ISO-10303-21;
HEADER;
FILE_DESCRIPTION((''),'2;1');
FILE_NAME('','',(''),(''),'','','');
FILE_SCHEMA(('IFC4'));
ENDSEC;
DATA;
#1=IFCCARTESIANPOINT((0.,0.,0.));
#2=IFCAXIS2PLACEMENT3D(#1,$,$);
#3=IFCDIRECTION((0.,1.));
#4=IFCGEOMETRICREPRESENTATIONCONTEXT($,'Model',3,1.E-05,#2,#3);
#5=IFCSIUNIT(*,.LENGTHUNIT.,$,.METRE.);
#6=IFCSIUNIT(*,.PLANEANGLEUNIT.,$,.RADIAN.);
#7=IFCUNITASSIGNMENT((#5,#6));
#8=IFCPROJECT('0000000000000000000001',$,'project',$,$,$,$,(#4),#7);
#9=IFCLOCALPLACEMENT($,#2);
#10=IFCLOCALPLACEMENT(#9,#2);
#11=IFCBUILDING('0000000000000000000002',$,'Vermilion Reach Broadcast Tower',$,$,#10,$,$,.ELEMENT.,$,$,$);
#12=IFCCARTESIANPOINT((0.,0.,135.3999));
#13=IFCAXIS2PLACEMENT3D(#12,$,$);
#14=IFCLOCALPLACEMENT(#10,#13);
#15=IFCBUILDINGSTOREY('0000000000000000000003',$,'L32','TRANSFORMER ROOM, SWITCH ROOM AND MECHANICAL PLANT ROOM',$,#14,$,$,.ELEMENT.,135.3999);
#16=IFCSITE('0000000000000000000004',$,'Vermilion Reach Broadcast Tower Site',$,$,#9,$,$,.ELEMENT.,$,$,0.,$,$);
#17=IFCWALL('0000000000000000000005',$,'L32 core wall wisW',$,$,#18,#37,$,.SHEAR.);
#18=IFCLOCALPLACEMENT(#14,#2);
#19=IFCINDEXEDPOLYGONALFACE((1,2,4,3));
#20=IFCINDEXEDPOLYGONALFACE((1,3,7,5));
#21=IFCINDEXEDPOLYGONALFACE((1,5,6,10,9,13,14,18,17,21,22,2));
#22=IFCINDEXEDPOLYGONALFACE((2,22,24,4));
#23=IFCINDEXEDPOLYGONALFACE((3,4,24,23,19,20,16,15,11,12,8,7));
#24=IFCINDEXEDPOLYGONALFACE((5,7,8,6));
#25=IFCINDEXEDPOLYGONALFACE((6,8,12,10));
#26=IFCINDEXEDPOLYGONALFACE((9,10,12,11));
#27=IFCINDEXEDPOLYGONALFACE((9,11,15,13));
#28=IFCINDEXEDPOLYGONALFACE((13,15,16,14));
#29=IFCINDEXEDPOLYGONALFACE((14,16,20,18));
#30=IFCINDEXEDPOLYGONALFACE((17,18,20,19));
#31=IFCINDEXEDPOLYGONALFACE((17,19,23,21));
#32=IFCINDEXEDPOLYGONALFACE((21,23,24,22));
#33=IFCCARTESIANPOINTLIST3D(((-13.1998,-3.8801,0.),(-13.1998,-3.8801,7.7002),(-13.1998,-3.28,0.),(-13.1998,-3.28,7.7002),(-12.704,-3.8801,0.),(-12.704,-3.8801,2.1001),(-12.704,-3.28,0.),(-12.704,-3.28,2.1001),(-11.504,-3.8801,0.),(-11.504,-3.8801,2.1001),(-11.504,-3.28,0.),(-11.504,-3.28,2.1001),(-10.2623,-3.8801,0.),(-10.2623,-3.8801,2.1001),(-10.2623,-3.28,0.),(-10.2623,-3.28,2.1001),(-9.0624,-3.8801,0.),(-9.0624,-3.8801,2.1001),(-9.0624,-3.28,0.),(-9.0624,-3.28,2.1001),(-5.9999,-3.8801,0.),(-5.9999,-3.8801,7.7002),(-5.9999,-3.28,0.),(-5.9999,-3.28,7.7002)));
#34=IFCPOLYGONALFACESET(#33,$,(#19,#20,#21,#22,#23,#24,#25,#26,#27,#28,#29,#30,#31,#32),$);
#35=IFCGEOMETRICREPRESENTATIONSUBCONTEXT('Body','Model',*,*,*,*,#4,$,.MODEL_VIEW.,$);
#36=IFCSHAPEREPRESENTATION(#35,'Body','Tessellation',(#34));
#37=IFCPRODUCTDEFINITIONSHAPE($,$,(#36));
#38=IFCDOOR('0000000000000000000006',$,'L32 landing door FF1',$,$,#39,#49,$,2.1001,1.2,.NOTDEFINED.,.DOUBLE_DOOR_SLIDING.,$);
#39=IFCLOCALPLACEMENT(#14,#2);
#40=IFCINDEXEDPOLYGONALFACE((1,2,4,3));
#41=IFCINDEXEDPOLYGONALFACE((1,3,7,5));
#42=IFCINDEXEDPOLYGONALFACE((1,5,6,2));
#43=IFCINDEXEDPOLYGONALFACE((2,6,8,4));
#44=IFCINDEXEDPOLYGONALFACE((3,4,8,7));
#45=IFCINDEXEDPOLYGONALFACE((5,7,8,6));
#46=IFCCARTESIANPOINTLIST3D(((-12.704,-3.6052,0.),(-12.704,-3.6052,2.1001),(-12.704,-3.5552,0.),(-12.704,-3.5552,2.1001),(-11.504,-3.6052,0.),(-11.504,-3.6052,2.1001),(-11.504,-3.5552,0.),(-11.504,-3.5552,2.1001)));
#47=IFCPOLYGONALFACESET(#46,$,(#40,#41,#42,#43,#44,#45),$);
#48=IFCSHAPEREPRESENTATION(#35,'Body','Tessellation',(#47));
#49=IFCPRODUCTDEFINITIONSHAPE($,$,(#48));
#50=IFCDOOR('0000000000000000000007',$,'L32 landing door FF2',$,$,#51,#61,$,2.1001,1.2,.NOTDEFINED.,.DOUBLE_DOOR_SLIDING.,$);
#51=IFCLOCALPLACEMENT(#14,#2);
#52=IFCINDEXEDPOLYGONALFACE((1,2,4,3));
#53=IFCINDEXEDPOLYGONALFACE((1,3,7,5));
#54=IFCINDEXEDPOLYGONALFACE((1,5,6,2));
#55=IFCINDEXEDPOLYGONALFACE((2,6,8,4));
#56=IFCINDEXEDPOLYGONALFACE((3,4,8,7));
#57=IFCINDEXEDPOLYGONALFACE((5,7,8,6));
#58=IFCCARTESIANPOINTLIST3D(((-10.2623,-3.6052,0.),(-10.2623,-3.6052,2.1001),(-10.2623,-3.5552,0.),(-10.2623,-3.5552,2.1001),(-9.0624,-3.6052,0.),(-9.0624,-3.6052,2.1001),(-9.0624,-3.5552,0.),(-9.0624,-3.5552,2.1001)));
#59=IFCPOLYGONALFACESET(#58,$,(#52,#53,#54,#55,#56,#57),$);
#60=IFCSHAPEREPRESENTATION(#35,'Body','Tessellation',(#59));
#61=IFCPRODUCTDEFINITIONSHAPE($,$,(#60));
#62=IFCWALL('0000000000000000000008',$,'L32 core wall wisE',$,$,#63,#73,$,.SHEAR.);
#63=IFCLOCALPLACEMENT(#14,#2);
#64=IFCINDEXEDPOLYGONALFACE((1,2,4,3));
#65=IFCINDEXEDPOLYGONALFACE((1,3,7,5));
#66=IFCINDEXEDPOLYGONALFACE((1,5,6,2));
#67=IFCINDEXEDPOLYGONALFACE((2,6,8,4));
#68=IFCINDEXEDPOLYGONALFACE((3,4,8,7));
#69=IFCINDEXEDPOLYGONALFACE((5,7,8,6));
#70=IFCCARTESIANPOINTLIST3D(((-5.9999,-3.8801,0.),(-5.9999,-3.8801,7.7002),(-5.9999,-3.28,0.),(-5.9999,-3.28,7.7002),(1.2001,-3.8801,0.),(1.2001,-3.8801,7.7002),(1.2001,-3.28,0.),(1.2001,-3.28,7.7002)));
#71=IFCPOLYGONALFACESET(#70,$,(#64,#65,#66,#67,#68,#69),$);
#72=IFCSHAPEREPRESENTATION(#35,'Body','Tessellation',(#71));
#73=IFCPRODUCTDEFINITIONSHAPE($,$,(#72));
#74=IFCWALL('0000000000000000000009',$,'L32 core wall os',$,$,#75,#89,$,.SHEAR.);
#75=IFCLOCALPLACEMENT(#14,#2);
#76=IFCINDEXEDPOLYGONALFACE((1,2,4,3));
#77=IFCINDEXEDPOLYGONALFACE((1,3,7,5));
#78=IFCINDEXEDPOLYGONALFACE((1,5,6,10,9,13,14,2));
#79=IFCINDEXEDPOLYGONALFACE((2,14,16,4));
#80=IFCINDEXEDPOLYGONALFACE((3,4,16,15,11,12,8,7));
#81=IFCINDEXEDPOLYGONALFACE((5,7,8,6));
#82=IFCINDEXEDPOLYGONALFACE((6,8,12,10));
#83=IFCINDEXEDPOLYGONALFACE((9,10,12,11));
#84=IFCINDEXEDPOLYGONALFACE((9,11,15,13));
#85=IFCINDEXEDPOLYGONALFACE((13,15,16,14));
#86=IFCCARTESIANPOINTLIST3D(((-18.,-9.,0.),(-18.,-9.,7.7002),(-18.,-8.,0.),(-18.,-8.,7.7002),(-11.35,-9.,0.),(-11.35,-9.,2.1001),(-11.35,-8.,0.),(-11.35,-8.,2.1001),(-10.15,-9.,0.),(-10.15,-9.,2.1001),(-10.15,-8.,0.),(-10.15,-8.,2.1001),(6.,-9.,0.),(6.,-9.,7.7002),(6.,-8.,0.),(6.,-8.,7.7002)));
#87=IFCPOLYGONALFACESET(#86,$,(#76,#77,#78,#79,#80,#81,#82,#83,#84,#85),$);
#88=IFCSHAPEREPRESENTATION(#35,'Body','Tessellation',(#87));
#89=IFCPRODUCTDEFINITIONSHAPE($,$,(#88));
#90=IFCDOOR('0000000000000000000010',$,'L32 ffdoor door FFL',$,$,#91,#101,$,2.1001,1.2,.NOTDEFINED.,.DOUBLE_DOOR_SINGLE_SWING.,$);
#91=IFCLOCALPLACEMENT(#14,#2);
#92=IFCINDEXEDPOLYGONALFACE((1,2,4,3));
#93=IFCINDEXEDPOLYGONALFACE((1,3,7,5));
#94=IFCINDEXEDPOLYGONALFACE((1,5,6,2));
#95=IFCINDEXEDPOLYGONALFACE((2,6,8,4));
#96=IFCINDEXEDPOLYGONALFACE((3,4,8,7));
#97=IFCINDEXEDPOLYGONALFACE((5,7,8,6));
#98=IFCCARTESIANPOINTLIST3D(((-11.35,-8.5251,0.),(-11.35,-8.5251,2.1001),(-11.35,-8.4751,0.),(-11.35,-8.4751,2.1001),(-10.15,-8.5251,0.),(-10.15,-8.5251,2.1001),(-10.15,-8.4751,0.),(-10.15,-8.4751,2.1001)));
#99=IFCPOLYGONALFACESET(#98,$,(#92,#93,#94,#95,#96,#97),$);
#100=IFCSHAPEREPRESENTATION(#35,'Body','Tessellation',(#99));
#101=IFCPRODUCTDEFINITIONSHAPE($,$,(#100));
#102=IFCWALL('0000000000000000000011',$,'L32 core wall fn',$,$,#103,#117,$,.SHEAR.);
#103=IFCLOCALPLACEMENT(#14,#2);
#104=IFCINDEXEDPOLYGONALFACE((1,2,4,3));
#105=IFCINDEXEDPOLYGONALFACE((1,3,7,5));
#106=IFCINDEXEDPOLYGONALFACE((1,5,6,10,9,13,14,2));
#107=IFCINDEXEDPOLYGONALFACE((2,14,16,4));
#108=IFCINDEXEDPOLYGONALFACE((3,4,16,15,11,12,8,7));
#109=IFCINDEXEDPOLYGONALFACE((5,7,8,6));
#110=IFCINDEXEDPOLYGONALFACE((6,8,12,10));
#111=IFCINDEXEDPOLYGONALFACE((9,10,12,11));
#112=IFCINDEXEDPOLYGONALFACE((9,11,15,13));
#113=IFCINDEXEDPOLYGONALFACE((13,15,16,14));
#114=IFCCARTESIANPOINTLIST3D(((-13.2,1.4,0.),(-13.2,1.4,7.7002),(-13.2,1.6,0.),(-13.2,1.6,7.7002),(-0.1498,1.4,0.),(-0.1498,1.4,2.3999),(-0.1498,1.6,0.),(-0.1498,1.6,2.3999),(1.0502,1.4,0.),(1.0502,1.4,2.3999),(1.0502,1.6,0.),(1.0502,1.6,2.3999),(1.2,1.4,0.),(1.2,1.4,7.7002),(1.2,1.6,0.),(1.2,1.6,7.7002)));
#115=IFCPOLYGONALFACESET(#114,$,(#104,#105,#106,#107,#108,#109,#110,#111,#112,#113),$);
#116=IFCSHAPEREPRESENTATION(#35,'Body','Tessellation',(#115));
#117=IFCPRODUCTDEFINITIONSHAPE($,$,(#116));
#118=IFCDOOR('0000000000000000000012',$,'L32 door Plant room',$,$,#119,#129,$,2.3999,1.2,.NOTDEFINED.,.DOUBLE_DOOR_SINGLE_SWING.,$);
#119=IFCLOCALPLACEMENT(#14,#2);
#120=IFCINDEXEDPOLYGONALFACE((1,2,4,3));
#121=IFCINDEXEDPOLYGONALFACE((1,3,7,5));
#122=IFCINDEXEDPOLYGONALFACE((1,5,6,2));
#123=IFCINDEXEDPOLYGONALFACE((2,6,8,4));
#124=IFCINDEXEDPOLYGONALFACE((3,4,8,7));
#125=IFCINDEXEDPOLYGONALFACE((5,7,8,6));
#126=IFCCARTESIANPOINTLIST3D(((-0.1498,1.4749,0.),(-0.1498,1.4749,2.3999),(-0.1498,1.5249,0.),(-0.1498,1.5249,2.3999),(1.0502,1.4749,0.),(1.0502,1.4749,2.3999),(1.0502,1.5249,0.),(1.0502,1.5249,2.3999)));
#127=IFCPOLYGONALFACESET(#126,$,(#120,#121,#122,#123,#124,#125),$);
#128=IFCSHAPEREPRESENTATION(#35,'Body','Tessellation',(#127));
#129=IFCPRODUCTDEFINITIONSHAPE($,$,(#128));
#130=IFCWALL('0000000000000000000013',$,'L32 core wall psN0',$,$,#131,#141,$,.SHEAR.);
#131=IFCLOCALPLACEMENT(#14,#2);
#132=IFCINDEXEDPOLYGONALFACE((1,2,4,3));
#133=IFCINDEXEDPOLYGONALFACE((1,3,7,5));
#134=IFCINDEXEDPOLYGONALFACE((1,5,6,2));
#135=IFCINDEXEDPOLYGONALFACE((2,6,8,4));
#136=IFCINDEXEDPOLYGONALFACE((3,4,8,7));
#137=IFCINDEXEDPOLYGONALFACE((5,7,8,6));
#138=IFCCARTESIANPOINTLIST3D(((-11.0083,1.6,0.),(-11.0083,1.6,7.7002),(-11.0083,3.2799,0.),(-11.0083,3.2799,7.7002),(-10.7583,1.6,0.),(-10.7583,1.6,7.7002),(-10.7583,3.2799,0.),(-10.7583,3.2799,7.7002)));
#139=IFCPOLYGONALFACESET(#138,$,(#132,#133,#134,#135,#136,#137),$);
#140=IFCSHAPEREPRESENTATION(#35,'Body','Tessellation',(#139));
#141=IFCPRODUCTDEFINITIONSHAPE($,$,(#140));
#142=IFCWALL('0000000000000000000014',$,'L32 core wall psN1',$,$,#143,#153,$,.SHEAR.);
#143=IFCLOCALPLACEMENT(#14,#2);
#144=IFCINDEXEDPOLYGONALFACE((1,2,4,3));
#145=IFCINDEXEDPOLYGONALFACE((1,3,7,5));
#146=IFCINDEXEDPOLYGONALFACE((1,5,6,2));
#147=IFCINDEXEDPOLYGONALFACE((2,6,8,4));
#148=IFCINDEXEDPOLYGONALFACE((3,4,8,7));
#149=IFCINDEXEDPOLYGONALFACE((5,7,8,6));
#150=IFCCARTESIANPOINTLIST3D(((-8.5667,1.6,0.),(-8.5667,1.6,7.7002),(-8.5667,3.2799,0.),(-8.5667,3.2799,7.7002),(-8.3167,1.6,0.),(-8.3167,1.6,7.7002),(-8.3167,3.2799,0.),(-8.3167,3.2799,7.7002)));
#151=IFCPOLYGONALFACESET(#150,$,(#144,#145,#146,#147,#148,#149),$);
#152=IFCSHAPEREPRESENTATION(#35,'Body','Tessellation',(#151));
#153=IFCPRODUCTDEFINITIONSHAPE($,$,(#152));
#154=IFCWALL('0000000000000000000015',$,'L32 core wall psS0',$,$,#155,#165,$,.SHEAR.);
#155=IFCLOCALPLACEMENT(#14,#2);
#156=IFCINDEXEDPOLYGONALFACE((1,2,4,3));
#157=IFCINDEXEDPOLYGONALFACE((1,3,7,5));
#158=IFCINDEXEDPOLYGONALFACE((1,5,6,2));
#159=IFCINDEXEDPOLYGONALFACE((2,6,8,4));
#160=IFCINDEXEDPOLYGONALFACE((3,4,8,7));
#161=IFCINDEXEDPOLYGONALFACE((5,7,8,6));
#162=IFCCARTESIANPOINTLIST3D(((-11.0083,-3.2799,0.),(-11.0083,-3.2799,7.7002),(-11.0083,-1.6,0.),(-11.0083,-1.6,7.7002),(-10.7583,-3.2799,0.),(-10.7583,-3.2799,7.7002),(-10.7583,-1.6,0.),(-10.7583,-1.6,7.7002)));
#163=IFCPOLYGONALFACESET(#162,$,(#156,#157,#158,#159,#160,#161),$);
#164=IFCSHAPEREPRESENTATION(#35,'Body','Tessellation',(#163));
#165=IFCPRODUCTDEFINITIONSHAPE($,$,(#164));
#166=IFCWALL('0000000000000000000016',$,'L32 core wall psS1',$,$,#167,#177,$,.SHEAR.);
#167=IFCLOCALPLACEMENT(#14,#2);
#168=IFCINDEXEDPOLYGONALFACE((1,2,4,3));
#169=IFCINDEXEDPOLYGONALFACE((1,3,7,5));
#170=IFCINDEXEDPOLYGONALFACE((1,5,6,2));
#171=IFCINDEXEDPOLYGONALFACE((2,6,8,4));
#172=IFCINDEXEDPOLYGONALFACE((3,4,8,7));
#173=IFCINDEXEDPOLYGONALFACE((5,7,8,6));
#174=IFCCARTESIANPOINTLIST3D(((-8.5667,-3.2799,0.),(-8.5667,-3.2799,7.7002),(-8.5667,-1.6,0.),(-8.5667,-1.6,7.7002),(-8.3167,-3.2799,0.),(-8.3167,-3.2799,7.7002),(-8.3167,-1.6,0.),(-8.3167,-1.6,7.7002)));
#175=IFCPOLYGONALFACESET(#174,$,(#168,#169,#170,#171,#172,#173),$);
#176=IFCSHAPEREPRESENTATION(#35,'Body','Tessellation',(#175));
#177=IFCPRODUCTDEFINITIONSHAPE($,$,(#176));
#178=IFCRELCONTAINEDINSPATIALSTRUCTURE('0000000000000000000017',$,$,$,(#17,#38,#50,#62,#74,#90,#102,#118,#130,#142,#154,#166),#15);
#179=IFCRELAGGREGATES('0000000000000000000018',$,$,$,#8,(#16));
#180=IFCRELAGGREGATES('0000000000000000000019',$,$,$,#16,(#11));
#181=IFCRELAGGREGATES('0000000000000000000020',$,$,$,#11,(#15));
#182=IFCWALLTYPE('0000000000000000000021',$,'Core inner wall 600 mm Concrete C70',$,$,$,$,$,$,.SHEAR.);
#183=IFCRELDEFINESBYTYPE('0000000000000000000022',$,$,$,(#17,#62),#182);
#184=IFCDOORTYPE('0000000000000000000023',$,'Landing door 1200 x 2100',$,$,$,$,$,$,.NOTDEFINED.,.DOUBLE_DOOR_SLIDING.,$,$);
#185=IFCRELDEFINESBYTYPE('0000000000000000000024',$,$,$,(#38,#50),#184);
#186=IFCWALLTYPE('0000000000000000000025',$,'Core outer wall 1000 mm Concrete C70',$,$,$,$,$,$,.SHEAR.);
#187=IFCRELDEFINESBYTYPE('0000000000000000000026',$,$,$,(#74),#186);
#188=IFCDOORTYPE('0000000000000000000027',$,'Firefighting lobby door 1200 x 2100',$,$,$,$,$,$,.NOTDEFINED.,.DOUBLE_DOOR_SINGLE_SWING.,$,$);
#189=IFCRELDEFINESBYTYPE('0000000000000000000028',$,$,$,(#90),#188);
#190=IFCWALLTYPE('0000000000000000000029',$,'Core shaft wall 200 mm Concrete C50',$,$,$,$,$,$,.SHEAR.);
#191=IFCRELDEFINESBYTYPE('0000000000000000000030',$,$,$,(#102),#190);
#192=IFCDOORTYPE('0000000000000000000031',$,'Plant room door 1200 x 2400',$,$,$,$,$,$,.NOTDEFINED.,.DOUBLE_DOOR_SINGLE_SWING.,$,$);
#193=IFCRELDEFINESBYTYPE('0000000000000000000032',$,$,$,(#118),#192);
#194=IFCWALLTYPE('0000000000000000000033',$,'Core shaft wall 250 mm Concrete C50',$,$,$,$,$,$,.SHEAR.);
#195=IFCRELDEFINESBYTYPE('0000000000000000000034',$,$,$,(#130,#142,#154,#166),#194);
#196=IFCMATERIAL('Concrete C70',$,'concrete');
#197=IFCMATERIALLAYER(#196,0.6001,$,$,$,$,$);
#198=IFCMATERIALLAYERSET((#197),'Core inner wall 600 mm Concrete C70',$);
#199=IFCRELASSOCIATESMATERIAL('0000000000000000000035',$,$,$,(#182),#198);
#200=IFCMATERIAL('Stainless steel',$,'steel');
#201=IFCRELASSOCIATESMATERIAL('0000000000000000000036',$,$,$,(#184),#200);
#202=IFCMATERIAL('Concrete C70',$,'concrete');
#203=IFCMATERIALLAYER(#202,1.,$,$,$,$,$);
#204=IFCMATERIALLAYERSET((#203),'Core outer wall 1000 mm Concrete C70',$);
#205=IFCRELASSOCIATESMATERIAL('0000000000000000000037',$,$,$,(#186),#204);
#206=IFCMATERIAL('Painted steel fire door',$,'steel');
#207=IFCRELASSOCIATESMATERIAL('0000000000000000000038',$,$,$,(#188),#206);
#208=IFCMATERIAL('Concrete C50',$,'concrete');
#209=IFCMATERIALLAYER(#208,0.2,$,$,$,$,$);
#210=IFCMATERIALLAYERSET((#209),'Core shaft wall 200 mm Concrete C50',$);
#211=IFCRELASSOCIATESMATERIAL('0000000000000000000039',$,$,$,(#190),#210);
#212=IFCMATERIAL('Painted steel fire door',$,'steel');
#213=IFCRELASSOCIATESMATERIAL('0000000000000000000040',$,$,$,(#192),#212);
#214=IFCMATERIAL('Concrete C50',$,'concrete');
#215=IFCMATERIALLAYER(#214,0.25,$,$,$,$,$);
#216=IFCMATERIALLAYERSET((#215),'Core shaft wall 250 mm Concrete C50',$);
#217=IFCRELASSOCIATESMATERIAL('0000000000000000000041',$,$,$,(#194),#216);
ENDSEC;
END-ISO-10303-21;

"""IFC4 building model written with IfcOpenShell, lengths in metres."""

from ifc_helpers import new_model, si_unit, direction, frame, frame_2d, origin, place, context, subcontext, project, spatial, rectangle, extrude, material, layer, layer_set, type_object, element, fill, save


model = new_model("IFC4")

# Units and contexts
model_context = context("Model", 3, precision=1e-05, world=origin(), true_north=direction((0.0, 1.0)))
body_context = subcontext(model_context, "Body", "Model", "MODEL_VIEW")
ifc_project = project(units=[si_unit("LENGTHUNIT", "METRE"), si_unit("PLANEANGLEUNIT", "RADIAN")], contexts=[model_context])

# Site, building, storey
site_placement = place(None, origin())
site = spatial("IfcSite", under=ifc_project, at=site_placement, Name="Vermilion Reach Broadcast Tower Site", CompositionType="ELEMENT", RefElevation=0.0)
building_placement = place(site_placement, origin())
building = spatial("IfcBuilding", under=site, at=building_placement, Name="Vermilion Reach Broadcast Tower", CompositionType="ELEMENT")
storey_placement = place(building_placement, frame((0.0, 0.0, 135.3999)))
storey = spatial("IfcBuildingStorey", under=building, at=storey_placement, Name="L32", Description="TRANSFORMER ROOM, SWITCH ROOM AND MECHANICAL PLANT ROOM", CompositionType="ELEMENT", Elevation=135.3999)

# Wall, openings, doors
ifc_material_1 = material(Name="Concrete C70", Category="concrete")
ifc_layer_1 = layer(ifc_material_1, 0.6001)
ifc_layer_set_1 = layer_set([ifc_layer_1], Name="Core inner wall 600 mm Concrete C70")
wall_type_1 = type_object("IfcWallType", Name="Core inner wall 600 mm Concrete C70", PredefinedType="SHEAR", material=ifc_layer_set_1)
wall_1_placement = place(storey_placement, frame((-13.2, -3.5801, 0.0), z_axis=(0.0, 0.0, 1.0), x_axis=(1.0, 0.0, 0.0)))
wall_1 = element("IfcWall", 1, at=wall_1_placement, inside=storey, type_object=wall_type_1, Name="L32 core wall wisW", PredefinedType="SHEAR", context=body_context, shape_type="SweptSolid", body=[
    extrude(rectangle(XDim=7.2, YDim=0.6001, at=frame_2d((3.6001, 0.0))), origin(), (0.0, 0.0, 1.0), 7.7002),
])
opening_1_placement = place(wall_1_placement, frame((0.4958, 0.0, 0.0)))
opening_1 = element("IfcOpeningElement", 2, at=opening_1_placement, cuts=wall_1, PredefinedType="OPENING", context=body_context, shape_type="SweptSolid", body=[
    extrude(rectangle(XDim=1.2, YDim=2.1001, at=frame_2d((0.6001, 1.05))), frame((0.0, 0.3101, 0.0), z_axis=(0.0, -1.0, 0.0), x_axis=(1.0, 0.0, 0.0)), (0.0, 0.0, 1.0), 0.6201),
])
opening_2_placement = place(wall_1_placement, frame((2.9375, 0.0, 0.0)))
opening_2 = element("IfcOpeningElement", 3, at=opening_2_placement, cuts=wall_1, PredefinedType="OPENING", context=body_context, shape_type="SweptSolid", body=[
    extrude(rectangle(XDim=1.2, YDim=2.1001, at=frame_2d((0.6001, 1.05))), frame((0.0, 0.3101, 0.0), z_axis=(0.0, -1.0, 0.0), x_axis=(1.0, 0.0, 0.0)), (0.0, 0.0, 1.0), 0.6201),
])
ifc_material_2 = material(Name="Stainless steel", Category="steel")
door_type_1 = type_object("IfcDoorType", Name="Landing door 1200 x 2100", OperationType="DOUBLE_DOOR_SLIDING", PredefinedType="NOTDEFINED", material=ifc_material_2)
door_1_placement = place(opening_1_placement, origin())
door_1 = element("IfcDoor", 4, at=door_1_placement, inside=storey, type_object=door_type_1, Name="L32 landing door FF1", OperationType="DOUBLE_DOOR_SLIDING", OverallHeight=2.1001, OverallWidth=1.2, PredefinedType="NOTDEFINED", context=body_context, shape_type="SweptSolid", body=[
    extrude(rectangle(XDim=1.2, YDim=2.1001, at=frame_2d((0.6001, 1.05))), frame((0.0, 0.0249, 0.0), z_axis=(0.0, -1.0, 0.0), x_axis=(1.0, 0.0, 0.0)), (0.0, 0.0, 1.0), 0.05),
])
fill(opening_1, door_1)
door_2_placement = place(opening_2_placement, origin())
door_2 = element("IfcDoor", 5, at=door_2_placement, inside=storey, type_object=door_type_1, Name="L32 landing door FF2", OperationType="DOUBLE_DOOR_SLIDING", OverallHeight=2.1001, OverallWidth=1.2, PredefinedType="NOTDEFINED", context=body_context, shape_type="SweptSolid", body=[
    extrude(rectangle(XDim=1.2, YDim=2.1001, at=frame_2d((0.6001, 1.05))), frame((0.0, 0.0249, 0.0), z_axis=(0.0, -1.0, 0.0), x_axis=(1.0, 0.0, 0.0)), (0.0, 0.0, 1.0), 0.05),
])
fill(opening_2, door_2)

# Wall
wall_2_placement = place(storey_placement, frame((-6.0, -3.5801, 0.0), z_axis=(0.0, 0.0, 1.0), x_axis=(1.0, 0.0, 0.0)))
element("IfcWall", 6, at=wall_2_placement, inside=storey, type_object=wall_type_1, Name="L32 core wall wisE", PredefinedType="SHEAR", context=body_context, shape_type="SweptSolid", body=[
    extrude(rectangle(XDim=7.2, YDim=0.6001, at=frame_2d((3.6001, 0.0))), origin(), (0.0, 0.0, 1.0), 7.7002),
])

# Walls, openings, doors
ifc_material_3 = material(Name="Concrete C70", Category="concrete")
ifc_layer_2 = layer(ifc_material_3, 1.0)
ifc_layer_set_2 = layer_set([ifc_layer_2], Name="Core outer wall 1000 mm Concrete C70")
wall_type_2 = type_object("IfcWallType", Name="Core outer wall 1000 mm Concrete C70", PredefinedType="SHEAR", material=ifc_layer_set_2)
wall_3_placement = place(storey_placement, frame((-18.0, -8.5, 0.0), z_axis=(0.0, 0.0, 1.0), x_axis=(1.0, 0.0, 0.0)))
wall_3 = element("IfcWall", 7, at=wall_3_placement, inside=storey, type_object=wall_type_2, Name="L32 core wall os", PredefinedType="SHEAR", context=body_context, shape_type="SweptSolid", body=[
    extrude(rectangle(XDim=24.0, YDim=1.0, at=frame_2d((12.0, 0.0))), origin(), (0.0, 0.0, 1.0), 7.7002),
])
opening_3_placement = place(wall_3_placement, frame((6.6499, 0.0, 0.0)))
opening_3 = element("IfcOpeningElement", 8, at=opening_3_placement, cuts=wall_3, PredefinedType="OPENING", context=body_context, shape_type="SweptSolid", body=[
    extrude(rectangle(XDim=1.2, YDim=2.1001, at=frame_2d((0.6001, 1.05))), frame((0.0, 0.51, 0.0), z_axis=(0.0, -1.0, 0.0), x_axis=(1.0, 0.0, 0.0)), (0.0, 0.0, 1.0), 1.02),
])
ifc_material_4 = material(Name="Painted steel fire door", Category="steel")
door_type_2 = type_object("IfcDoorType", Name="Firefighting lobby door 1200 x 2100", OperationType="DOUBLE_DOOR_SINGLE_SWING", PredefinedType="NOTDEFINED", material=ifc_material_4)
door_3_placement = place(opening_3_placement, origin())
door_3 = element("IfcDoor", 9, at=door_3_placement, inside=storey, type_object=door_type_2, Name="L32 ffdoor door FFL", OperationType="DOUBLE_DOOR_SINGLE_SWING", OverallHeight=2.1001, OverallWidth=1.2, PredefinedType="NOTDEFINED", context=body_context, shape_type="SweptSolid", body=[
    extrude(rectangle(XDim=1.2, YDim=2.1001, at=frame_2d((0.6001, 1.05))), frame((0.0, 0.0249, 0.0), z_axis=(0.0, -1.0, 0.0), x_axis=(1.0, 0.0, 0.0)), (0.0, 0.0, 1.0), 0.05),
])
fill(opening_3, door_3)
ifc_material_5 = material(Name="Concrete C50", Category="concrete")
ifc_layer_3 = layer(ifc_material_5, 0.2)
ifc_layer_set_3 = layer_set([ifc_layer_3], Name="Core shaft wall 200 mm Concrete C50")
wall_type_3 = type_object("IfcWallType", Name="Core shaft wall 200 mm Concrete C50", PredefinedType="SHEAR", material=ifc_layer_set_3)
wall_4_placement = place(storey_placement, frame((-13.2, 1.5, 0.0), z_axis=(0.0, 0.0, 1.0), x_axis=(1.0, 0.0, 0.0)))
wall_4 = element("IfcWall", 10, at=wall_4_placement, inside=storey, type_object=wall_type_3, Name="L32 core wall fn", PredefinedType="SHEAR", context=body_context, shape_type="SweptSolid", body=[
    extrude(rectangle(XDim=14.3999, YDim=0.2, at=frame_2d((7.2, 0.0))), origin(), (0.0, 0.0, 1.0), 7.7002),
])
opening_4_placement = place(wall_4_placement, frame((13.05, 0.0, 0.0)))
opening_4 = element("IfcOpeningElement", 11, at=opening_4_placement, cuts=wall_4, PredefinedType="OPENING", context=body_context, shape_type="SweptSolid", body=[
    extrude(rectangle(XDim=1.2, YDim=2.3999, at=frame_2d((0.6001, 1.2))), frame((0.0, 0.1099, 0.0), z_axis=(0.0, -1.0, 0.0), x_axis=(1.0, 0.0, 0.0)), (0.0, 0.0, 1.0), 0.22),
])
ifc_material_6 = material(Name="Painted steel fire door", Category="steel")
door_type_3 = type_object("IfcDoorType", Name="Plant room door 1200 x 2400", OperationType="DOUBLE_DOOR_SINGLE_SWING", PredefinedType="NOTDEFINED", material=ifc_material_6)
door_4_placement = place(opening_4_placement, origin())
door_4 = element("IfcDoor", 12, at=door_4_placement, inside=storey, type_object=door_type_3, Name="L32 door Plant room", OperationType="DOUBLE_DOOR_SINGLE_SWING", OverallHeight=2.3999, OverallWidth=1.2, PredefinedType="NOTDEFINED", context=body_context, shape_type="SweptSolid", body=[
    extrude(rectangle(XDim=1.2, YDim=2.3999, at=frame_2d((0.6001, 1.2))), frame((0.0, 0.0249, 0.0), z_axis=(0.0, -1.0, 0.0), x_axis=(1.0, 0.0, 0.0)), (0.0, 0.0, 1.0), 0.05),
])
fill(opening_4, door_4)

# Walls
ifc_material_7 = material(Name="Concrete C50", Category="concrete")
ifc_layer_4 = layer(ifc_material_7, 0.25)
ifc_layer_set_4 = layer_set([ifc_layer_4], Name="Core shaft wall 250 mm Concrete C50")
wall_type_4 = type_object("IfcWallType", Name="Core shaft wall 250 mm Concrete C50", PredefinedType="SHEAR", material=ifc_layer_set_4)
for number, where, z_axis, x_axis, name in (
    (13, (-10.8833, 1.6001, 0.0), (0.0, 0.0, 1.0), (0.0, 1.0, 0.0), "L32 core wall psN0"),
    (14, (-8.4417, 1.6001, 0.0), (0.0, 0.0, 1.0), (0.0, 1.0, 0.0), "L32 core wall psN1"),
    (15, (-10.8833, -1.6001, 0.0), (0.0, 0.0, 1.0), (0.0, -1.0, 0.0), "L32 core wall psS0"),
    (16, (-8.4417, -1.6001, 0.0), (0.0, 0.0, 1.0), (0.0, -1.0, 0.0), "L32 core wall psS1"),
):
    element("IfcWall", number, at=place(storey_placement, frame(where, z_axis=z_axis, x_axis=x_axis)), inside=storey, type_object=wall_type_4, Name=name, PredefinedType="SHEAR", context=body_context, shape_type="SweptSolid", body=[
        extrude(rectangle(XDim=1.6799, YDim=0.25, at=frame_2d((0.8398, 0.0))), origin(), (0.0, 0.0, 1.0), 7.7002),
    ])

save(model, "model.ifc")
